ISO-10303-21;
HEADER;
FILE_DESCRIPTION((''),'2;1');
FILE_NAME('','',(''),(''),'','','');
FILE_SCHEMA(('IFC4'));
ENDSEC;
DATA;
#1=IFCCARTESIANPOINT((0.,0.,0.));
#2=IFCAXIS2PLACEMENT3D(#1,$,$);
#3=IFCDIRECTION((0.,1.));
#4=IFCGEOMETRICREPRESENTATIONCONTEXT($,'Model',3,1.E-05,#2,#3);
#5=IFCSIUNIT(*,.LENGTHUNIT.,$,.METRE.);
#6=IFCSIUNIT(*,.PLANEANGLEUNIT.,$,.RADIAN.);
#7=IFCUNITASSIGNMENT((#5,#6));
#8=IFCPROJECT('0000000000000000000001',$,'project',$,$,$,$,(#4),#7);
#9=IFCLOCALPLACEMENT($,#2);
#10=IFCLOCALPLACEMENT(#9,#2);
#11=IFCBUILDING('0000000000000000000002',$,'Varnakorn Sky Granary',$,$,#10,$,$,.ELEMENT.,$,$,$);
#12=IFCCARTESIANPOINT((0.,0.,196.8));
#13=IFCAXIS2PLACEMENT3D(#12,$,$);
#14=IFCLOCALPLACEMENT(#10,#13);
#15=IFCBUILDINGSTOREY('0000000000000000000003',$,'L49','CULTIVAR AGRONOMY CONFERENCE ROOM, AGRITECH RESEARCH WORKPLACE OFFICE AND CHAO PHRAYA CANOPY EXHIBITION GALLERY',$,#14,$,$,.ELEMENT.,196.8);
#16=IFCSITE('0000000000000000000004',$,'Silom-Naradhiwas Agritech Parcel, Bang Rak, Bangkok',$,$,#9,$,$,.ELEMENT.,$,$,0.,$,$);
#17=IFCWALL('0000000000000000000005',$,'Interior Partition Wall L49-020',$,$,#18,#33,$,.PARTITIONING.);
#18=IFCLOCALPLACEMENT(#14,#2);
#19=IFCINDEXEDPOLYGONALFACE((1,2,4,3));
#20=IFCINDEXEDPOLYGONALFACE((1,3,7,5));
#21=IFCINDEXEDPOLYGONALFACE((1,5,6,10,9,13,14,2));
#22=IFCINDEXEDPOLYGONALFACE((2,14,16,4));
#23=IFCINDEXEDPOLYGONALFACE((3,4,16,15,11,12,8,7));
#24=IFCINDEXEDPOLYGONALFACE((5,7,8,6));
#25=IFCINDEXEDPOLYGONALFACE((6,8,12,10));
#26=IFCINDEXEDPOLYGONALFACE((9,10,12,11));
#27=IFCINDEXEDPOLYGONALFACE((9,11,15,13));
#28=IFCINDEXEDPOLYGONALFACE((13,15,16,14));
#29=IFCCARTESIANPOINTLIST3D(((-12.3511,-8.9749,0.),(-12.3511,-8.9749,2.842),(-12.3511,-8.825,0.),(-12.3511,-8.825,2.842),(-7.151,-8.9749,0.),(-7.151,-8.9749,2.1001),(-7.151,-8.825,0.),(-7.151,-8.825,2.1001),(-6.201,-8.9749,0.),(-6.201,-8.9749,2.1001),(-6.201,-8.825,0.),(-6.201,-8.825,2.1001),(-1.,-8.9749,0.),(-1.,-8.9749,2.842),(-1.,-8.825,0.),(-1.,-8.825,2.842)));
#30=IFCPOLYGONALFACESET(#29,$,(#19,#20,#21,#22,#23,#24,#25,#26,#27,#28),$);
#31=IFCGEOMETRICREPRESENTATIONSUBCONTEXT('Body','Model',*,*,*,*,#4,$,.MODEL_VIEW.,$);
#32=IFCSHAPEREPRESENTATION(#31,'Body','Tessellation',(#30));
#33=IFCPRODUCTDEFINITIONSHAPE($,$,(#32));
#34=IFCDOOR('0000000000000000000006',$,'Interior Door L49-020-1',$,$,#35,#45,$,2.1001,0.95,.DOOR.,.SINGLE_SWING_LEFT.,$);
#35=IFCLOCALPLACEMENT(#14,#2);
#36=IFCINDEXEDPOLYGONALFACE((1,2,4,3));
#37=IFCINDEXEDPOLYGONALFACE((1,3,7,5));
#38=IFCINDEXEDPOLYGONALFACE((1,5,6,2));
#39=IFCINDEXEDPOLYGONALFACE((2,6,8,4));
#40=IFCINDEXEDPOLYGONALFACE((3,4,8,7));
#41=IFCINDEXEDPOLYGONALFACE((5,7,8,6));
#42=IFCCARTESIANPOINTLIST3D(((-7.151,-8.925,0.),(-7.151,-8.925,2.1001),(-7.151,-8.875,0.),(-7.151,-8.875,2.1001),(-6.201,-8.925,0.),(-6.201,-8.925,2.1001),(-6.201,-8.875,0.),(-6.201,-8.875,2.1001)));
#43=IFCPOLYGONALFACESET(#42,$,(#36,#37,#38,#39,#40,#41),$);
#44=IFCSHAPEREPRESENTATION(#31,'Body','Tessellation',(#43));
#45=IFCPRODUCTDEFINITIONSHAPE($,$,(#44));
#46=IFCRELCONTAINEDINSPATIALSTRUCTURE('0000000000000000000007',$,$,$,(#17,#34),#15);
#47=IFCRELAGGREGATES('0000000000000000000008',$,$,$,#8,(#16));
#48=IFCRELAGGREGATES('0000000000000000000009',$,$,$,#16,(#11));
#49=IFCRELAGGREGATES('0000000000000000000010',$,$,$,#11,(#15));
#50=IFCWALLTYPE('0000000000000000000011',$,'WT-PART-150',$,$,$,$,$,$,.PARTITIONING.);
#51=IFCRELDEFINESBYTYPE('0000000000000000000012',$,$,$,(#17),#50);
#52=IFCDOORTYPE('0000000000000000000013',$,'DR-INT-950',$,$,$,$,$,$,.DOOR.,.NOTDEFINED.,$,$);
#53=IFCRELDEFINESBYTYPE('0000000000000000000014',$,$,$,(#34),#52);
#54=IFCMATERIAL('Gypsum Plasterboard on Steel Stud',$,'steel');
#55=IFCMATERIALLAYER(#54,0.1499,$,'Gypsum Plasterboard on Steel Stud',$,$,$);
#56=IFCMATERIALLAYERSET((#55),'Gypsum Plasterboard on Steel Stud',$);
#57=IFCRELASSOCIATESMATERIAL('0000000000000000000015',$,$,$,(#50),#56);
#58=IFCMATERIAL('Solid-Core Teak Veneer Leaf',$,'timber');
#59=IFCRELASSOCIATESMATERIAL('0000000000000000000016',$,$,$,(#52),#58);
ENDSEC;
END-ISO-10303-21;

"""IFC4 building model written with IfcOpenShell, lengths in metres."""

from ifc_helpers import new_model, si_unit, direction, frame, frame_2d, origin, place, context, subcontext, project, spatial, rectangle, extrude, material, layer, layer_set, type_object, element, fill, save


model = new_model("IFC4")

# Units and contexts
model_context = context("Model", 3, precision=1e-05, world=origin(), true_north=direction((0.0, 1.0)))
body_context = subcontext(model_context, "Body", "Model", "MODEL_VIEW")
ifc_project = project(units=[si_unit("LENGTHUNIT", "METRE"), si_unit("PLANEANGLEUNIT", "RADIAN")], contexts=[model_context])

# Site, building, storey
site_placement = place(None, origin())
site = spatial("IfcSite", under=ifc_project, at=site_placement, Name="Silom-Naradhiwas Agritech Parcel, Bang Rak, Bangkok", CompositionType="ELEMENT", RefElevation=0.0)
building_placement = place(site_placement, origin())
building = spatial("IfcBuilding", under=site, at=building_placement, Name="Varnakorn Sky Granary", CompositionType="ELEMENT")
storey_placement = place(building_placement, frame((0.0, 0.0, 196.8)))
storey = spatial("IfcBuildingStorey", under=building, at=storey_placement, Name="L49", Description="CULTIVAR AGRONOMY CONFERENCE ROOM, AGRITECH RESEARCH WORKPLACE OFFICE AND CHAO PHRAYA CANOPY EXHIBITION GALLERY", CompositionType="ELEMENT", Elevation=196.8)

# Wall, opening, door
ifc_material_1 = material(Name="Gypsum Plasterboard on Steel Stud", Category="steel")
ifc_layer_1 = layer(ifc_material_1, 0.1499, Name="Gypsum Plasterboard on Steel Stud")
ifc_layer_set_1 = layer_set([ifc_layer_1], Name="Gypsum Plasterboard on Steel Stud")
wall_type = type_object("IfcWallType", Name="WT-PART-150", PredefinedType="PARTITIONING", material=ifc_layer_set_1)
wall_placement = place(storey_placement, frame((-12.3511, -8.8999, 0.0), z_axis=(0.0, 0.0, 1.0), x_axis=(1.0, 0.0, 0.0)))
wall = element("IfcWall", 1, at=wall_placement, inside=storey, type_object=wall_type, Name="Interior Partition Wall L49-020", PredefinedType="PARTITIONING", context=body_context, shape_type="SweptSolid", body=[
    extrude(rectangle(XDim=11.3511, YDim=0.1499, at=frame_2d((5.6755, 0.0))), origin(), (0.0, 0.0, 1.0), 2.842),
])
opening_placement = place(wall_placement, frame((5.2, 0.0, 0.0)))
opening = element("IfcOpeningElement", 2, at=opening_placement, cuts=wall, PredefinedType="OPENING", context=body_context, shape_type="SweptSolid", body=[
    extrude(rectangle(XDim=0.95, YDim=2.1001, at=frame_2d((0.4751, 1.05))), frame((0.0, 0.085, 0.0), z_axis=(0.0, -1.0, 0.0), x_axis=(1.0, 0.0, 0.0)), (0.0, 0.0, 1.0), 0.1699),
])
ifc_material_2 = material(Name="Solid-Core Teak Veneer Leaf", Category="timber")
door_type = type_object("IfcDoorType", Name="DR-INT-950", OperationType="NOTDEFINED", PredefinedType="DOOR", material=ifc_material_2)
door_placement = place(opening_placement, origin())
door = element("IfcDoor", 3, at=door_placement, inside=storey, type_object=door_type, Name="Interior Door L49-020-1", OperationType="SINGLE_SWING_LEFT", OverallHeight=2.1001, OverallWidth=0.95, PredefinedType="DOOR", context=body_context, shape_type="SweptSolid", body=[
    extrude(rectangle(XDim=0.95, YDim=2.1001, at=frame_2d((0.4751, 1.05))), frame((0.0, 0.0249, 0.0), z_axis=(0.0, -1.0, 0.0), x_axis=(1.0, 0.0, 0.0)), (0.0, 0.0, 1.0), 0.05),
])
fill(opening, door)

save(model, "model.ifc")
